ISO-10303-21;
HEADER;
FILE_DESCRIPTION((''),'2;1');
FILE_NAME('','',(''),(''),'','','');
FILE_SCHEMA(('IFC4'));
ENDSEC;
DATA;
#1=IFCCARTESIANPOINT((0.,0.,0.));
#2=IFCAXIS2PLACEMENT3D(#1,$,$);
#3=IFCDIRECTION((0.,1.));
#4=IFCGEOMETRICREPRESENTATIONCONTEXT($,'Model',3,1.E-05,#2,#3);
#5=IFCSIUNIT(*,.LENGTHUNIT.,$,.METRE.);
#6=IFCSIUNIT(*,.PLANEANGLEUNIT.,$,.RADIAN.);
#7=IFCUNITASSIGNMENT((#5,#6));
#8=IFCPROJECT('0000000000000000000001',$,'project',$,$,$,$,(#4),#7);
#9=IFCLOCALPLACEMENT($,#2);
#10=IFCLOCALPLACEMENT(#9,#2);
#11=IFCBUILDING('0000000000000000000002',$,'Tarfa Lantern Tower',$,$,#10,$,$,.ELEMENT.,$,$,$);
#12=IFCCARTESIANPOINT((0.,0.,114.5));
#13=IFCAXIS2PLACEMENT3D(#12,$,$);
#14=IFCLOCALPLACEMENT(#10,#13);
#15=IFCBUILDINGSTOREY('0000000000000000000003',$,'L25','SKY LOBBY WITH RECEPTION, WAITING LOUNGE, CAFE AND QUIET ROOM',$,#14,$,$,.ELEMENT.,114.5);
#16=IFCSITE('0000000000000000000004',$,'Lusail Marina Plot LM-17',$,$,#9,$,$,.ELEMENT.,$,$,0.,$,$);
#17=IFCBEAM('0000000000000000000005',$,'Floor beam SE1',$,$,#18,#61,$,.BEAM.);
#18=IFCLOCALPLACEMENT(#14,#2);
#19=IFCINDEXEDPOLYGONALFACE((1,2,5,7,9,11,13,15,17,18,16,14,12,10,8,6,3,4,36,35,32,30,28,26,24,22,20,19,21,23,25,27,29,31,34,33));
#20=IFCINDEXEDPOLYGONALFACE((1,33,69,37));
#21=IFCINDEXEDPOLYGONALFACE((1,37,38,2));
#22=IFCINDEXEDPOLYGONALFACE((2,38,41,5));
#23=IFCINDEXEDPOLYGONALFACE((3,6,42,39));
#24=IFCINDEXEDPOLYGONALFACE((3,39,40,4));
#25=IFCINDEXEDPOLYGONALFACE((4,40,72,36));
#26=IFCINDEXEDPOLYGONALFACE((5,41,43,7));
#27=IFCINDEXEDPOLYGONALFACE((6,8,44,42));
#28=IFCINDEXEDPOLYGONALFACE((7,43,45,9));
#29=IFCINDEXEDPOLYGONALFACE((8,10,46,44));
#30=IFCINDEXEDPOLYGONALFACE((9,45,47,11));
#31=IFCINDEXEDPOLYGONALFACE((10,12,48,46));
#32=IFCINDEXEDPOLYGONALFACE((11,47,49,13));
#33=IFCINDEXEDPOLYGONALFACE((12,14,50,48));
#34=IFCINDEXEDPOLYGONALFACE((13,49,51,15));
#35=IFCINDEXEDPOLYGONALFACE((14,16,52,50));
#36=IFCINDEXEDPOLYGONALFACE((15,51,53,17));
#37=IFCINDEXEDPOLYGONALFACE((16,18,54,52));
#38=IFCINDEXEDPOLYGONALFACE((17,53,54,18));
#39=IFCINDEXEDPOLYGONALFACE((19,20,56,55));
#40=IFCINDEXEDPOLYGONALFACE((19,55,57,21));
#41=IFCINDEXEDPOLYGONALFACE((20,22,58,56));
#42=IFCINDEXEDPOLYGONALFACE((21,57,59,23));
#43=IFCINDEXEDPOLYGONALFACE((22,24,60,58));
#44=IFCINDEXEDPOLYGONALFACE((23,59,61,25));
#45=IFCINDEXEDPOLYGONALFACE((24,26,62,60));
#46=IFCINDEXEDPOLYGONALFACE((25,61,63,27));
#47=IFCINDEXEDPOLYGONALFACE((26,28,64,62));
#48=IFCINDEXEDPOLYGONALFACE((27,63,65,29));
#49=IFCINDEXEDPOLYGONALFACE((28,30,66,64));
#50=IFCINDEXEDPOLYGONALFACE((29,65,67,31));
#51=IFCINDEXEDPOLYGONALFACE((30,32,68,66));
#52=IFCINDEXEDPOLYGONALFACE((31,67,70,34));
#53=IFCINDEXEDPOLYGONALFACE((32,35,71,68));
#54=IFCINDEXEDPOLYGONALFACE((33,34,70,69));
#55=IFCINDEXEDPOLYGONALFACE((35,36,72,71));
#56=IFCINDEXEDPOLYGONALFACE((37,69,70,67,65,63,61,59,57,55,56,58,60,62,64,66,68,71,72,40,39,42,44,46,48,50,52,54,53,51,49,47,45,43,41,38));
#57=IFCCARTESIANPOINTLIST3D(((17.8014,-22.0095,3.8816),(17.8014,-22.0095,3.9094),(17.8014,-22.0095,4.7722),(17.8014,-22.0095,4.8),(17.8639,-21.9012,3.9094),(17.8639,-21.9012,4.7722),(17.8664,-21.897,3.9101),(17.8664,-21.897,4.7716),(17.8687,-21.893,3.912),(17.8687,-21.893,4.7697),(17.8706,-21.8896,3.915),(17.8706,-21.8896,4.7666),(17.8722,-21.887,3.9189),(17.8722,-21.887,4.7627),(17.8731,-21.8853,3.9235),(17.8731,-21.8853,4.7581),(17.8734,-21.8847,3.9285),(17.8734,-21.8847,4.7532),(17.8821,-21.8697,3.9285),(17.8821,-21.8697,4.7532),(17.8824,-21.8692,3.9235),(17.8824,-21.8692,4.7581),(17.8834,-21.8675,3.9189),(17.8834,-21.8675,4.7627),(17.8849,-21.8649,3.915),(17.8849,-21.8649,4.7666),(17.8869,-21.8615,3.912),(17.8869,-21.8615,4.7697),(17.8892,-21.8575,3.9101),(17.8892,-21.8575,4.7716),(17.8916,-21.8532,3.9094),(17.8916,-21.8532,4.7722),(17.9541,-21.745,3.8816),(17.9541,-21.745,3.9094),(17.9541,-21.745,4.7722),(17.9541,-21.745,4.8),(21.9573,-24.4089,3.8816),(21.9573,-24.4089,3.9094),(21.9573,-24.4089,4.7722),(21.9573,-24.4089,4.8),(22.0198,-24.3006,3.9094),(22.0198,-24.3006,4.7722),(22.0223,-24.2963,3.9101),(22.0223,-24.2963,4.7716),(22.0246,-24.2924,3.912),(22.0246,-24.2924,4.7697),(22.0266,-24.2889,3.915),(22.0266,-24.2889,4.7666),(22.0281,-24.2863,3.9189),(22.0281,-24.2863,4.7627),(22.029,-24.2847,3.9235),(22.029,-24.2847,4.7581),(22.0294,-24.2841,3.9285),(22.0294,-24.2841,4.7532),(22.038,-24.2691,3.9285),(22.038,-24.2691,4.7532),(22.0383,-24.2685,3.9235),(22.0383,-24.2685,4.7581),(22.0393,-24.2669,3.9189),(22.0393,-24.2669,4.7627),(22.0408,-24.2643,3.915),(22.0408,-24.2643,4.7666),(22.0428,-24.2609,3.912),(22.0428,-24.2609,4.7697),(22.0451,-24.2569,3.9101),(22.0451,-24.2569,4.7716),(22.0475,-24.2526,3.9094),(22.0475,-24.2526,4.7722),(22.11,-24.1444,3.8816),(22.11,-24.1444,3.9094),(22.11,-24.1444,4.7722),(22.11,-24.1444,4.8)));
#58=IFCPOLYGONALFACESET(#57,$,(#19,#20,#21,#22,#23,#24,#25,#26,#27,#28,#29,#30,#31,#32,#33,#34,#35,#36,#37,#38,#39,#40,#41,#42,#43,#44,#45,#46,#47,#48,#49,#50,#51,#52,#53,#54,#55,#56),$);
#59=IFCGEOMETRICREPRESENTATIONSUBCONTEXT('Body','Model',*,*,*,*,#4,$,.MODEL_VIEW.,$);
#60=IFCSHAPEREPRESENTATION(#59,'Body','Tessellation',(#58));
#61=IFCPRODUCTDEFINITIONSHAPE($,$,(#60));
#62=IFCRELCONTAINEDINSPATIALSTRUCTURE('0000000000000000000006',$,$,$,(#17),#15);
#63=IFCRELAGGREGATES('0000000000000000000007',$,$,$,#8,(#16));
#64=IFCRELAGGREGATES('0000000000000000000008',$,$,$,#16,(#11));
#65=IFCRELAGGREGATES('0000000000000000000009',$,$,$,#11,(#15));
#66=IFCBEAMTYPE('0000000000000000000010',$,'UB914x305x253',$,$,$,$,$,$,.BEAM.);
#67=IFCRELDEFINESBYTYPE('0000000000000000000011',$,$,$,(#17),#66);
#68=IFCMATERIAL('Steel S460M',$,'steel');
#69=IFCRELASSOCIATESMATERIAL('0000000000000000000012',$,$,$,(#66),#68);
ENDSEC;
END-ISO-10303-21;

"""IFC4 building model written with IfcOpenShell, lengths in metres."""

from ifc_helpers import new_model, si_unit, direction, frame, origin, origin_2d, place, context, subcontext, project, spatial, i_section, extrude, material, material_profile, profile_set, type_object, element, save


model = new_model("IFC4")

# Units and contexts
model_context = context("Model", 3, precision=1e-05, world=origin(), true_north=direction((0.0, 1.0)))
body_context = subcontext(model_context, "Body", "Model", "MODEL_VIEW")
ifc_project = project(units=[si_unit("LENGTHUNIT", "METRE"), si_unit("PLANEANGLEUNIT", "RADIAN")], contexts=[model_context])

# Site, building, storey
site_placement = place(None, origin())
site = spatial("IfcSite", under=ifc_project, at=site_placement, Name="Lusail Marina Plot LM-17", CompositionType="ELEMENT", RefElevation=0.0)
building_placement = place(site_placement, origin())
building = spatial("IfcBuilding", under=site, at=building_placement, Name="Tarfa Lantern Tower", CompositionType="ELEMENT")
storey_placement = place(building_placement, frame((0.0, 0.0, 114.5)))
storey = spatial("IfcBuildingStorey", under=building, at=storey_placement, Name="L25", Description="SKY LOBBY WITH RECEPTION, WAITING LOUNGE, CAFE AND QUIET ROOM", CompositionType="ELEMENT", Elevation=114.5)

# Beam
ifc_material_1 = material(Name="Steel S460M", Category="steel")
ifc_material_profile_1 = material_profile(ifc_material_1, i_section(OverallWidth=0.3054, OverallDepth=0.9185, WebThickness=0.0173, FlangeThickness=0.0278, FilletRadius=0.019, at=origin_2d()), Name="UB914x305x253")
ifc_profile_set_1 = profile_set([ifc_material_profile_1], Name="Steel S460M")
beam_type_1 = type_object("IfcBeamType", Name="UB914x305x253", PredefinedType="BEAM", material=ifc_profile_set_1)
beam_1_placement = place(storey_placement, frame((22.0337, -24.2766, 4.3408), z_axis=(-0.866031, 0.499991, 0.0), x_axis=(-0.499991, -0.866031, 0.0)))
element("IfcBeam", 1, at=beam_1_placement, inside=storey, type_object=beam_type_1, Name="Floor beam SE1", PredefinedType="BEAM", context=body_context, shape_type="SweptSolid", body=[
    extrude(i_section(OverallWidth=0.3054, OverallDepth=0.9185, WebThickness=0.0173, FlangeThickness=0.0278, FilletRadius=0.019, at=origin_2d()), origin(), (0.0, 0.0, 1.0), 4.7988),
])

save(model, "model.ifc")
